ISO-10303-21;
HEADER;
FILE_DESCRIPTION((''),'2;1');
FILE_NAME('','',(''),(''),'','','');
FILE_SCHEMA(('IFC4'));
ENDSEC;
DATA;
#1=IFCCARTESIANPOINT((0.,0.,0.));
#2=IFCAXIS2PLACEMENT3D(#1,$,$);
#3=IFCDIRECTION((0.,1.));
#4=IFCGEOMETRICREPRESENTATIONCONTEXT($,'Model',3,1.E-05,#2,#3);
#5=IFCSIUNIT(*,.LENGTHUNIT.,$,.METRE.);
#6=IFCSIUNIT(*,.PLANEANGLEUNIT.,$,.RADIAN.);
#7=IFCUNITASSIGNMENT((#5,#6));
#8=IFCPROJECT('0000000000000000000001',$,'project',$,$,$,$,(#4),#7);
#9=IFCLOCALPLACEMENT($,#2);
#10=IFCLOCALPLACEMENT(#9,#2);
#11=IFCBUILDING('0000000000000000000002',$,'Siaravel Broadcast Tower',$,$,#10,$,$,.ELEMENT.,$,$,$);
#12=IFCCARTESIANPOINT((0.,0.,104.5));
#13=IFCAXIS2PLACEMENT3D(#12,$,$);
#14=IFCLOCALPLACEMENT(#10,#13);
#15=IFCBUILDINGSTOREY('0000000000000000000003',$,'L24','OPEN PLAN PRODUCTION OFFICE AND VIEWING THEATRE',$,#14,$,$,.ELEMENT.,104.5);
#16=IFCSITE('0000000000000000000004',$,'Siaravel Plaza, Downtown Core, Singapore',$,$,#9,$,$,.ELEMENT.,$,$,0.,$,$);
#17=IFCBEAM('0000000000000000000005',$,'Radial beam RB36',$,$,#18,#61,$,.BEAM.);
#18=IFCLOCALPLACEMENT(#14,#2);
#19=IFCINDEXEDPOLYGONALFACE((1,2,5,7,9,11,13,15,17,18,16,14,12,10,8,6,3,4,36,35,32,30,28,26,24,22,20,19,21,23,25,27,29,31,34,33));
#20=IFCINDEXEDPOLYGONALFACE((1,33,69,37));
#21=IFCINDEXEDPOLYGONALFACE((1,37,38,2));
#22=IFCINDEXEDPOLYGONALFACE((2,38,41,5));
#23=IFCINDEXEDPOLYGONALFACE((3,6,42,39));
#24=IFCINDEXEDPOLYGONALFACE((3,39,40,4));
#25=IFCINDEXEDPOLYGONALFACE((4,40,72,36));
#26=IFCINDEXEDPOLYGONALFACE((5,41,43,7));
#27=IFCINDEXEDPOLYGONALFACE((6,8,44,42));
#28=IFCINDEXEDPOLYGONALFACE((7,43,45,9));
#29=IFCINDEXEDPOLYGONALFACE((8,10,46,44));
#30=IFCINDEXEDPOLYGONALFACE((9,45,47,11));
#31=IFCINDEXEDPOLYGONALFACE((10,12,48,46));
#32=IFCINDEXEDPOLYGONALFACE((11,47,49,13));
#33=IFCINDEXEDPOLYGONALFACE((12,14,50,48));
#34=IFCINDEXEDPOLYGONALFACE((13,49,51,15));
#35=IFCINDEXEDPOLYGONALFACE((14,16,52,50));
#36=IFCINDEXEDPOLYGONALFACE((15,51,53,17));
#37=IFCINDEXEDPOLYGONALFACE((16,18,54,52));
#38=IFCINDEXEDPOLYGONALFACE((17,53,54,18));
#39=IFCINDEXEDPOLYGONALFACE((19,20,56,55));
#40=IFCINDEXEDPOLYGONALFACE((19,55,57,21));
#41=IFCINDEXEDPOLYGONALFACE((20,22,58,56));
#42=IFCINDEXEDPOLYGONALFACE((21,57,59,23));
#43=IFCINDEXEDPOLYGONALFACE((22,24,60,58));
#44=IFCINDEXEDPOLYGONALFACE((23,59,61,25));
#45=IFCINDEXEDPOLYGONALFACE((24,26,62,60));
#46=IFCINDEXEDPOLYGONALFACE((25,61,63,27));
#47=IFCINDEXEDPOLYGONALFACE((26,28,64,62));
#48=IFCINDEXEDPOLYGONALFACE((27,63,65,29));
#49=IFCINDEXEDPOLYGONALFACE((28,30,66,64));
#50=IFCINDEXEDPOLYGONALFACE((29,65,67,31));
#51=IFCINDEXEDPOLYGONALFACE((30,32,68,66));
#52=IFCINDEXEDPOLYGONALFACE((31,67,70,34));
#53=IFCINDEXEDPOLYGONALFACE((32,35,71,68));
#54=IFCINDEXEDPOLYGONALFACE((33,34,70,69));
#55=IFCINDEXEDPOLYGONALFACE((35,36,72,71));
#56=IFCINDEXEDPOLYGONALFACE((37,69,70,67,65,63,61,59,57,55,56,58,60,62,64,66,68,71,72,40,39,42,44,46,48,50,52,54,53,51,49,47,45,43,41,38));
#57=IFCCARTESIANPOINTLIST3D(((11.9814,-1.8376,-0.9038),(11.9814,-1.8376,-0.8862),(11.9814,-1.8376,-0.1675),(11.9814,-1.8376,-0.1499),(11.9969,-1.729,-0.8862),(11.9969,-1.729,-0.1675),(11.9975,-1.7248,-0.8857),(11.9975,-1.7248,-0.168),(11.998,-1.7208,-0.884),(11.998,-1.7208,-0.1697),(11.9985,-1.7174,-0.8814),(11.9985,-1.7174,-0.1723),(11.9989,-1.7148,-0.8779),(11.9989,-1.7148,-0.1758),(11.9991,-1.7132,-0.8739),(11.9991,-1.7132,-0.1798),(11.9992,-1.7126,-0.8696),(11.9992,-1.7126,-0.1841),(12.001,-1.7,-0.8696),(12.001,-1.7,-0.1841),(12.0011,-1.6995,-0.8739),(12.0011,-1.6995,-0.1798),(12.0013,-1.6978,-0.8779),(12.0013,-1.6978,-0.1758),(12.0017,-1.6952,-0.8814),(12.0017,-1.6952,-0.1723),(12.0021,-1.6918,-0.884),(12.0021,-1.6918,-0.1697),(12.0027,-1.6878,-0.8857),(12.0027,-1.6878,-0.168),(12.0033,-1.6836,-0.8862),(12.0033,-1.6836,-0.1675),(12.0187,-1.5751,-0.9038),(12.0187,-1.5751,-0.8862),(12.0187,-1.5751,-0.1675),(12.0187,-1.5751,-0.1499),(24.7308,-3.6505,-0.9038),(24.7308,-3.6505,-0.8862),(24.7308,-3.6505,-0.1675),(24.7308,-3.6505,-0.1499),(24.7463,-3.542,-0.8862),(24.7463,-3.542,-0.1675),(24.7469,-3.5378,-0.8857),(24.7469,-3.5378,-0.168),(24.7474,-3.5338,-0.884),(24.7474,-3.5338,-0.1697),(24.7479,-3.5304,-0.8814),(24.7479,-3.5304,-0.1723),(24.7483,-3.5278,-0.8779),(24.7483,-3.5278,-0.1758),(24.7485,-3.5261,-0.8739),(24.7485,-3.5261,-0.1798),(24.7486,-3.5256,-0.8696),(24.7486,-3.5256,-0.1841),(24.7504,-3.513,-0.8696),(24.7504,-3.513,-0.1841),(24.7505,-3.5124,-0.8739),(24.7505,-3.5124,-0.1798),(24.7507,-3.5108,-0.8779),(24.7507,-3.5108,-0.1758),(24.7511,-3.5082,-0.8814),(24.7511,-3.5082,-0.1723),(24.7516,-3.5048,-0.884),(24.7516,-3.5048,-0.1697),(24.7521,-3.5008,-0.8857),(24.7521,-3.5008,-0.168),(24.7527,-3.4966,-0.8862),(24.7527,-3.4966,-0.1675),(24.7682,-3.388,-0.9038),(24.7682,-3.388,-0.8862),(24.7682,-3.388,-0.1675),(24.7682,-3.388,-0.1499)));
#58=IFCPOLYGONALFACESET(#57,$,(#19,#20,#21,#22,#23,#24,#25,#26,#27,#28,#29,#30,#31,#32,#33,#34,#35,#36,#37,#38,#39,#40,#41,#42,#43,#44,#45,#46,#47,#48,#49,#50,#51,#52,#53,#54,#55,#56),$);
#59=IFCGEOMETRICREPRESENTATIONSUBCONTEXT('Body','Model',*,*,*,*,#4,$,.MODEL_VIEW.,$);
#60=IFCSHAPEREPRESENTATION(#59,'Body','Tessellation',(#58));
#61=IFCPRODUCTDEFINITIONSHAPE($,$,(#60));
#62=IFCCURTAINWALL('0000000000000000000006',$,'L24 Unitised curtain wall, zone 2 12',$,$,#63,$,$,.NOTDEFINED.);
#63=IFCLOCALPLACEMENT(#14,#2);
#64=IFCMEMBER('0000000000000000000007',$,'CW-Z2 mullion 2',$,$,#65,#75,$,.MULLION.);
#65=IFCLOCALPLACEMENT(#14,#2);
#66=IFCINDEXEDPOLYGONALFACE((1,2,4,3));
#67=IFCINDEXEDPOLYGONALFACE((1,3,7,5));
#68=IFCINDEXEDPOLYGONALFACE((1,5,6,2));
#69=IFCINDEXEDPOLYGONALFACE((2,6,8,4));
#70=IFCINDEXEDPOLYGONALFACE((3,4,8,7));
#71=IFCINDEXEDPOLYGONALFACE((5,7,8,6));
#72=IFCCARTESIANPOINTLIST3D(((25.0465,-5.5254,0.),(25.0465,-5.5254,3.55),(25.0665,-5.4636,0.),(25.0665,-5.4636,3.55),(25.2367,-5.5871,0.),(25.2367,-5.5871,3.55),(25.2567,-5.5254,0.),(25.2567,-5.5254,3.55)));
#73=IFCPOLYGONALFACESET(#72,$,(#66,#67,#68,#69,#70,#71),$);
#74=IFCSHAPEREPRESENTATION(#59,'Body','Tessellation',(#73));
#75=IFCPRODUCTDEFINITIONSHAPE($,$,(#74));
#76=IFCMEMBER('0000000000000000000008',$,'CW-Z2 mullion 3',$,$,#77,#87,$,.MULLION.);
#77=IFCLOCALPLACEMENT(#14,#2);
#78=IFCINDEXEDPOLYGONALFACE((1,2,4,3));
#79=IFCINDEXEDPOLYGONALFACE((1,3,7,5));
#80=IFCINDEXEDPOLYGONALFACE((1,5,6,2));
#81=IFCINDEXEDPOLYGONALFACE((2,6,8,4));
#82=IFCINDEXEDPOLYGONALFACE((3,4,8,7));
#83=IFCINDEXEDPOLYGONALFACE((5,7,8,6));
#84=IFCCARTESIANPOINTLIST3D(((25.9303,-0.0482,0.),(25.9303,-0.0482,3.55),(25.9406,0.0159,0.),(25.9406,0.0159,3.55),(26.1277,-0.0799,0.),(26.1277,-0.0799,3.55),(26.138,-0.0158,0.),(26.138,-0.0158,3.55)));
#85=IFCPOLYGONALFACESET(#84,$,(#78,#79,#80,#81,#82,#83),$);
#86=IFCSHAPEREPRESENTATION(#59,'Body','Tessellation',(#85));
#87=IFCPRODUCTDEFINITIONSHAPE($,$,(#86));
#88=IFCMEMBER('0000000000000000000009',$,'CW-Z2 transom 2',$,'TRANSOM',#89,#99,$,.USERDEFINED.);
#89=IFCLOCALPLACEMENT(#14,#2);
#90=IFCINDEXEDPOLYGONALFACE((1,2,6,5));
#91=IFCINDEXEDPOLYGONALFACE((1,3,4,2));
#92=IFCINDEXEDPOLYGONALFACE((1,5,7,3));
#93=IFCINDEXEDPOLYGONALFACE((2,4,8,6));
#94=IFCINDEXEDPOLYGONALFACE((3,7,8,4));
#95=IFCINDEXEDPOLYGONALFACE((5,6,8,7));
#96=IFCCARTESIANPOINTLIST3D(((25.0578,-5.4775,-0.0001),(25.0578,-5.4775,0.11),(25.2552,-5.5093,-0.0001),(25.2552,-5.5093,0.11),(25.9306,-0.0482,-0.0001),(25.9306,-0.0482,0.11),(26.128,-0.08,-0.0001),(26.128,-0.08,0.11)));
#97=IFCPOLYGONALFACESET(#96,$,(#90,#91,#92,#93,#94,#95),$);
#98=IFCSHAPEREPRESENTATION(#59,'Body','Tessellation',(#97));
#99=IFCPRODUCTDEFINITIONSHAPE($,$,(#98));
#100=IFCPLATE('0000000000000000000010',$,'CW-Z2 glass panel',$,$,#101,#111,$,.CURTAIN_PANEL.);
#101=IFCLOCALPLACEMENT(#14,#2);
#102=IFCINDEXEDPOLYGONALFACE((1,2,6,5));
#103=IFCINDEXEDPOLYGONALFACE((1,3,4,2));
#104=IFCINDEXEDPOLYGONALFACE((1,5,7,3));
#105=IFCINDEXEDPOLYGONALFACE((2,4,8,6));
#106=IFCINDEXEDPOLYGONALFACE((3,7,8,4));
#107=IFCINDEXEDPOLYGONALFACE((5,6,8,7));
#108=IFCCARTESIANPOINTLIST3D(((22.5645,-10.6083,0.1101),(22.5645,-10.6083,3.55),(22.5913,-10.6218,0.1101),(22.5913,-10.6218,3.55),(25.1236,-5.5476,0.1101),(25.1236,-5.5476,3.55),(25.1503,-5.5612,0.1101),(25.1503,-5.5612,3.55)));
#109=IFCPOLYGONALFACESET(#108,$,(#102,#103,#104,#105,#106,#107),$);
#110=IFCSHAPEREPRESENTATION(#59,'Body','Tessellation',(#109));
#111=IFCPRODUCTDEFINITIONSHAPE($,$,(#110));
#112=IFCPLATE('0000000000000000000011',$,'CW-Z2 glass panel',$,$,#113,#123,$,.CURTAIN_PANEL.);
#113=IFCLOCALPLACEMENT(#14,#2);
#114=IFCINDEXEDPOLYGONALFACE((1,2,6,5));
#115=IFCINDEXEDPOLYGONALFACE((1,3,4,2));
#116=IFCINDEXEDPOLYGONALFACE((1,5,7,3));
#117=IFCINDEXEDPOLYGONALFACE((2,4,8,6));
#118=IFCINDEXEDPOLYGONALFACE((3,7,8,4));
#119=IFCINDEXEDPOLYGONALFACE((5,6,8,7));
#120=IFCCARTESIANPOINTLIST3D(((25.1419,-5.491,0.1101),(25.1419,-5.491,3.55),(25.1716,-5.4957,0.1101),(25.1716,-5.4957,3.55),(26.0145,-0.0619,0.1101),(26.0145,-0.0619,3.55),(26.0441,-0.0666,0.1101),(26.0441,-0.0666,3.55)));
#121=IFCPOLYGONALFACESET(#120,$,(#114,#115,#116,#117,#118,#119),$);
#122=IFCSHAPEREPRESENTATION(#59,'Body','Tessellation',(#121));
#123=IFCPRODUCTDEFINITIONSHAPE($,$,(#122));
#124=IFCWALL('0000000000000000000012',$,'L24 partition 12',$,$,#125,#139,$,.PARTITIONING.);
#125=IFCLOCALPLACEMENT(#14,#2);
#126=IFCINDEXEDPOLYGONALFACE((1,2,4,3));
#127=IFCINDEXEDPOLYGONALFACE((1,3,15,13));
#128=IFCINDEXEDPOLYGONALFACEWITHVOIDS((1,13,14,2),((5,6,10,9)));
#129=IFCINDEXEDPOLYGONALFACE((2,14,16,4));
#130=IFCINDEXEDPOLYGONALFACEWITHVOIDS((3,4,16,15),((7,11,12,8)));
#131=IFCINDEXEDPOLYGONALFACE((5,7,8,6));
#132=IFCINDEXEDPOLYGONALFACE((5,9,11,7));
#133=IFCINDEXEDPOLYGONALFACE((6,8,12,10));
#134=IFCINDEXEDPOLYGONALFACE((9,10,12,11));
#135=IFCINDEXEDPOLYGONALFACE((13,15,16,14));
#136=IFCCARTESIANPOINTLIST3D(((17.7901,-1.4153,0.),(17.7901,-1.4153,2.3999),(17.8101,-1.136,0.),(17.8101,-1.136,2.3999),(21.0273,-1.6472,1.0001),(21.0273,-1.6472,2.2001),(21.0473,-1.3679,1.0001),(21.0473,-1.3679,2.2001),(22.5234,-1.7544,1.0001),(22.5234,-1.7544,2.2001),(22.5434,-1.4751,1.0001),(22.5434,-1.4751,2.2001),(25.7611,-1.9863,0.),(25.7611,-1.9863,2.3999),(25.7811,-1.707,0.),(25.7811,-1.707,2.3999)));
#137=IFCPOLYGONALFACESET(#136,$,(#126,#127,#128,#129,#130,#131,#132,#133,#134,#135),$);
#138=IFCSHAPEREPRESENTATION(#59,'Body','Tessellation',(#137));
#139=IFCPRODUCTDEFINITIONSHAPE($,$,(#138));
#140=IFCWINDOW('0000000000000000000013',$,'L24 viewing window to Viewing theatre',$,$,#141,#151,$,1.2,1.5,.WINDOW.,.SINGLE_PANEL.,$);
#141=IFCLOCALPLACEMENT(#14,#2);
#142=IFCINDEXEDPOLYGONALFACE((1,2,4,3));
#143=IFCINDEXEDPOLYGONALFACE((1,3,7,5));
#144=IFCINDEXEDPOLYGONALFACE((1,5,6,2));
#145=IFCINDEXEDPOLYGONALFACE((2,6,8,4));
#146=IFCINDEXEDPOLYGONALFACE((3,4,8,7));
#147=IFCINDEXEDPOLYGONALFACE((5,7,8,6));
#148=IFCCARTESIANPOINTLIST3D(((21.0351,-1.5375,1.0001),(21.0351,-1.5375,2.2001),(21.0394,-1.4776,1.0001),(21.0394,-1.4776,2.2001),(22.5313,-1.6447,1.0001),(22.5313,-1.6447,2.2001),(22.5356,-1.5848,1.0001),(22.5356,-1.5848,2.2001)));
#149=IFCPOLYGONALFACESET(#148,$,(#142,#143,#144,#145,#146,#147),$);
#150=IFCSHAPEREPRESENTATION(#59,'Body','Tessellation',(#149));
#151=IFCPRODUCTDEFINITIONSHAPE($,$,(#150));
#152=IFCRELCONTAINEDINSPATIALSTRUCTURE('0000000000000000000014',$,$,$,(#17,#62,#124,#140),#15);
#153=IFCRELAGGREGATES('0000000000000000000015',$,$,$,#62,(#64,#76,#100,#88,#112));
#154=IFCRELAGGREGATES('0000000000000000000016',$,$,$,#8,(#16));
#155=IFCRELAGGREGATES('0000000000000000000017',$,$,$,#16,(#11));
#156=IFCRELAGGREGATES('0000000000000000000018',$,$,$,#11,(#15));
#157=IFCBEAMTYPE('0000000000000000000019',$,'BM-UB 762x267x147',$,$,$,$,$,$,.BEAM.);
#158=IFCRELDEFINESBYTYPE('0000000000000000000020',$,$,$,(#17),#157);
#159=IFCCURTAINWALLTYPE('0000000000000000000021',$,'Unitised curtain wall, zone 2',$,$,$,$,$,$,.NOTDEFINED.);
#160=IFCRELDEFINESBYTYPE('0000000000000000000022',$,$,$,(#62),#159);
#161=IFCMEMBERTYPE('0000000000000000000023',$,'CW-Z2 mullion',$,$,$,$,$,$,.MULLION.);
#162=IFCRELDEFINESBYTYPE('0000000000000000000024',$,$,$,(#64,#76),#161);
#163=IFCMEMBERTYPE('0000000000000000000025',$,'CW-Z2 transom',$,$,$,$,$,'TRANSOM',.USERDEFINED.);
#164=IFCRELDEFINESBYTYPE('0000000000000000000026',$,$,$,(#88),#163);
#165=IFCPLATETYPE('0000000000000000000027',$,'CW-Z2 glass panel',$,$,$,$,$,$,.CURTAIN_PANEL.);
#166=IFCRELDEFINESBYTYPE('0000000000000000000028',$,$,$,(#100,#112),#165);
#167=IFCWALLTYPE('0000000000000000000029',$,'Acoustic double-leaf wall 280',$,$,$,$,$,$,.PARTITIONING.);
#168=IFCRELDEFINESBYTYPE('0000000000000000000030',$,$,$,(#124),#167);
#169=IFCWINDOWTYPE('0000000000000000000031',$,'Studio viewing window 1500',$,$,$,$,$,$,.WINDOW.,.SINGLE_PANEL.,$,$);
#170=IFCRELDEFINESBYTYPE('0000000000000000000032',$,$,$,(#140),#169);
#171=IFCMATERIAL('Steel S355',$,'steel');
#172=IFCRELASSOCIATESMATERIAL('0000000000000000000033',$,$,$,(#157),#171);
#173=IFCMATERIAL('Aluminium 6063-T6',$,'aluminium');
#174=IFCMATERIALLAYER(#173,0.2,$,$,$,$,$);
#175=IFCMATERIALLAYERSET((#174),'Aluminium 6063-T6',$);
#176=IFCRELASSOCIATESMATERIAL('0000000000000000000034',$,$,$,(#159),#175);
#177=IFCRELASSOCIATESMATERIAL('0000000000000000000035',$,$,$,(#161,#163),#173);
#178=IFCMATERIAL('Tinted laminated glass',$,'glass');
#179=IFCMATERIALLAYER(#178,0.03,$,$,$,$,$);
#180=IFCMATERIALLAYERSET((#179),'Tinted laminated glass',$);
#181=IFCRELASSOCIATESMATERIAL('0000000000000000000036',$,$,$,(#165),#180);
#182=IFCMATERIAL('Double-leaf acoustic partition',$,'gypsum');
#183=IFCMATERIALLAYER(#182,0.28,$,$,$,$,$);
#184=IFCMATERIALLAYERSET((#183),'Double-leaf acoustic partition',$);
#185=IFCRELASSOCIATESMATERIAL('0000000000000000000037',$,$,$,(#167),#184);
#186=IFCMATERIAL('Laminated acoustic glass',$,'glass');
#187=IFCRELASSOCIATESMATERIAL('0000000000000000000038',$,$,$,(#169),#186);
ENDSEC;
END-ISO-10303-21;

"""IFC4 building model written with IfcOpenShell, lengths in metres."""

from ifc_helpers import new_model, si_unit, direction, frame, frame_2d, origin, origin_2d, place, context, subcontext, project, spatial, rectangle, i_section, extrude, material, layer, layer_set, material_profile, profile_set, type_object, element, fill, aggregate, save


model = new_model("IFC4")

# Units and contexts
model_context = context("Model", 3, precision=1e-05, world=origin(), true_north=direction((0.0, 1.0)))
body_context = subcontext(model_context, "Body", "Model", "MODEL_VIEW")
ifc_project = project(units=[si_unit("LENGTHUNIT", "METRE"), si_unit("PLANEANGLEUNIT", "RADIAN")], contexts=[model_context])

# Site, building, storey
site_placement = place(None, origin())
site = spatial("IfcSite", under=ifc_project, at=site_placement, Name="Siaravel Plaza, Downtown Core, Singapore", CompositionType="ELEMENT", RefElevation=0.0)
building_placement = place(site_placement, origin())
building = spatial("IfcBuilding", under=site, at=building_placement, Name="Siaravel Broadcast Tower", CompositionType="ELEMENT")
storey_placement = place(building_placement, frame((0.0, 0.0, 104.5)))
storey = spatial("IfcBuildingStorey", under=building, at=storey_placement, Name="L24", Description="OPEN PLAN PRODUCTION OFFICE AND VIEWING THEATRE", CompositionType="ELEMENT", Elevation=104.5)

# Beam
ifc_material_1 = material(Name="Steel S355", Category="steel")
ifc_material_profile_1 = material_profile(ifc_material_1, i_section(OverallWidth=0.2651, OverallDepth=0.7539, WebThickness=0.0127, FlangeThickness=0.0176, FilletRadius=0.0166, at=origin_2d()))
ifc_profile_set_1 = profile_set([ifc_material_profile_1], Name="Steel S355")
beam_type = type_object("IfcBeamType", Name="BM-UB 762x267x147", PredefinedType="BEAM", material=ifc_profile_set_1)
beam_1_placement = place(storey_placement, frame((24.7495, -3.5193, -0.5269), z_axis=(-0.99004, 0.140784, 0.0), x_axis=(-0.140784, -0.99004, 0.0)))
element("IfcBeam", 1, at=beam_1_placement, inside=storey, type_object=beam_type, Name="Radial beam RB36", PredefinedType="BEAM", context=body_context, shape_type="SweptSolid", body=[
    extrude(i_section(OverallWidth=0.2651, OverallDepth=0.7539, WebThickness=0.0127, FlangeThickness=0.0176, FilletRadius=0.0166, at=origin_2d()), origin(), (0.0, 0.0, 1.0), 12.8777),
])

# Curtain wall, members, plates
ifc_material_2 = material(Name="Aluminium 6063-T6", Category="aluminium")
ifc_layer_1 = layer(ifc_material_2, 0.2)
ifc_layer_set_1 = layer_set([ifc_layer_1], Name="Aluminium 6063-T6")
curtain_wall_type = type_object("IfcCurtainWallType", Name="Unitised curtain wall, zone 2", PredefinedType="NOTDEFINED", material=ifc_layer_set_1)
curtain_wall_placement = place(storey_placement, origin())
curtain_wall = element("IfcCurtainWall", 2, at=curtain_wall_placement, inside=storey, type_object=curtain_wall_type, Name="L24 Unitised curtain wall, zone 2 12", PredefinedType="NOTDEFINED")
ifc_material_profile_2 = material_profile(ifc_material_2, rectangle(XDim=0.2, YDim=0.0649, at=origin_2d()))
ifc_profile_set_2 = profile_set([ifc_material_profile_2], Name="Aluminium 6063-T6")
member_type_1 = type_object("IfcMemberType", Name="CW-Z2 mullion", PredefinedType="MULLION", material=ifc_profile_set_2)
member_1_placement = place(storey_placement, frame((25.1516, -5.5254, 0.0), z_axis=(0.0, 0.0, 1.0), x_axis=(-0.951177, 0.308646, 0.0)))
member_1 = element("IfcMember", 3, at=member_1_placement, type_object=member_type_1, Name="CW-Z2 mullion 2", PredefinedType="MULLION", context=body_context, shape_type="SweptSolid", body=[
    extrude(rectangle(XDim=0.2, YDim=0.0649, at=origin_2d()), origin(), (0.0, 0.0, 1.0), 3.55),
])
member_2_placement = place(storey_placement, frame((26.0342, -0.032, 0.0), z_axis=(0.0, 0.0, 1.0), x_axis=(-0.987329, 0.158686, 0.0)))
member_2 = element("IfcMember", 4, at=member_2_placement, type_object=member_type_1, Name="CW-Z2 mullion 3", PredefinedType="MULLION", context=body_context, shape_type="SweptSolid", body=[
    extrude(rectangle(XDim=0.2, YDim=0.0649, at=origin_2d()), origin(), (0.0, 0.0, 1.0), 3.55),
])
ifc_material_profile_3 = material_profile(ifc_material_2, rectangle(XDim=0.2, YDim=0.1101, at=origin_2d()))
ifc_profile_set_3 = profile_set([ifc_material_profile_3], Name="Aluminium 6063-T6")
member_type_2 = type_object("IfcMemberType", Name="CW-Z2 transom", ElementType="TRANSOM", PredefinedType="USERDEFINED", material=ifc_profile_set_3)
member_3_placement = place(storey_placement, frame((25.1565, -5.4934, 0.0549), z_axis=(0.158723, 0.987323, 0.0), x_axis=(-0.987323, 0.158723, 0.0)))
member_3 = element("IfcMember", 5, at=member_3_placement, type_object=member_type_2, Name="CW-Z2 transom 2", ObjectType="TRANSOM", PredefinedType="USERDEFINED", context=body_context, shape_type="SweptSolid", body=[
    extrude(rectangle(XDim=0.2, YDim=0.1101, at=origin_2d()), origin(), (0.0, 0.0, 1.0), 5.499),
])
ifc_material_3 = material(Name="Tinted laminated glass", Category="glass")
ifc_layer_2 = layer(ifc_material_3, 0.03)
ifc_layer_set_2 = layer_set([ifc_layer_2], Name="Tinted laminated glass")
plate_type = type_object("IfcPlateType", Name="CW-Z2 glass panel", PredefinedType="CURTAIN_PANEL", material=ifc_layer_set_2)
plate_1_placement = place(storey_placement, frame((23.8574, -8.0847, 0.1101), z_axis=(0.0, 0.0, 1.0), x_axis=(0.451261, 0.892392, 0.0)))
plate_1 = element("IfcPlate", 6, at=plate_1_placement, type_object=plate_type, Name="CW-Z2 glass panel", PredefinedType="CURTAIN_PANEL", context=body_context, shape_type="SweptSolid", body=[
    extrude(rectangle(XDim=5.6709, YDim=0.03, at=origin_2d()), origin(), (0.0, 0.0, 1.0), 3.4399),
])
plate_2_placement = place(storey_placement, frame((25.593, -2.7788, 0.1101), z_axis=(0.0, 0.0, 1.0), x_axis=(0.158686, 0.987329, 0.0)))
plate_2 = element("IfcPlate", 7, at=plate_2_placement, type_object=plate_type, Name="CW-Z2 glass panel", PredefinedType="CURTAIN_PANEL", context=body_context, shape_type="SweptSolid", body=[
    extrude(rectangle(XDim=5.4988, YDim=0.03, at=origin_2d()), origin(), (0.0, 0.0, 1.0), 3.4399),
])
aggregate(curtain_wall, [member_1, member_2, plate_1, member_3, plate_2])

# Wall, opening, window
ifc_material_4 = material(Name="Double-leaf acoustic partition", Category="gypsum")
ifc_layer_3 = layer(ifc_material_4, 0.28)
ifc_layer_set_3 = layer_set([ifc_layer_3], Name="Double-leaf acoustic partition")
wall_type_1 = type_object("IfcWallType", Name="Acoustic double-leaf wall 280", PredefinedType="PARTITIONING", material=ifc_layer_set_3)
wall_1_placement = place(storey_placement, frame((25.771, -1.8467, 0.0), z_axis=(0.0, 0.0, 1.0), x_axis=(-0.997444, 0.071458, 0.0)))
wall_1 = element("IfcWall", 8, at=wall_1_placement, inside=storey, type_object=wall_type_1, Name="L24 partition 12", PredefinedType="PARTITIONING", context=body_context, shape_type="SweptSolid", body=[
    extrude(rectangle(XDim=7.9915, YDim=0.28, at=frame_2d((3.9956, 0.0))), origin(), (0.0, 0.0, 1.0), 2.3999),
])
opening_1_placement = place(wall_1_placement, frame((3.2458, 0.0, 1.0)))
opening_1 = element("IfcOpeningElement", 9, at=opening_1_placement, cuts=wall_1, PredefinedType="OPENING", context=body_context, shape_type="SweptSolid", body=[
    extrude(rectangle(XDim=1.5, YDim=1.2, at=frame_2d((0.75, 0.6001))), frame((0.0, 0.1499, 0.0), z_axis=(0.0, -1.0, 0.0), x_axis=(1.0, 0.0, 0.0)), (0.0, 0.0, 1.0), 0.3),
])
ifc_material_5 = material(Name="Laminated acoustic glass", Category="glass")
window_type = type_object("IfcWindowType", Name="Studio viewing window 1500", PartitioningType="SINGLE_PANEL", PredefinedType="WINDOW", material=ifc_material_5)
window_placement = place(opening_1_placement, origin())
window = element("IfcWindow", 10, at=window_placement, inside=storey, type_object=window_type, Name="L24 viewing window to Viewing theatre", OverallHeight=1.2, OverallWidth=1.5, PartitioningType="SINGLE_PANEL", PredefinedType="WINDOW", context=body_context, shape_type="SweptSolid", body=[
    extrude(rectangle(XDim=1.5, YDim=1.2, at=frame_2d((0.75, 0.6001))), frame((0.0, 0.03, 0.0), z_axis=(0.0, -1.0, 0.0), x_axis=(1.0, 0.0, 0.0)), (0.0, 0.0, 1.0), 0.0601),
])
fill(opening_1, window)

save(model, "model.ifc")
